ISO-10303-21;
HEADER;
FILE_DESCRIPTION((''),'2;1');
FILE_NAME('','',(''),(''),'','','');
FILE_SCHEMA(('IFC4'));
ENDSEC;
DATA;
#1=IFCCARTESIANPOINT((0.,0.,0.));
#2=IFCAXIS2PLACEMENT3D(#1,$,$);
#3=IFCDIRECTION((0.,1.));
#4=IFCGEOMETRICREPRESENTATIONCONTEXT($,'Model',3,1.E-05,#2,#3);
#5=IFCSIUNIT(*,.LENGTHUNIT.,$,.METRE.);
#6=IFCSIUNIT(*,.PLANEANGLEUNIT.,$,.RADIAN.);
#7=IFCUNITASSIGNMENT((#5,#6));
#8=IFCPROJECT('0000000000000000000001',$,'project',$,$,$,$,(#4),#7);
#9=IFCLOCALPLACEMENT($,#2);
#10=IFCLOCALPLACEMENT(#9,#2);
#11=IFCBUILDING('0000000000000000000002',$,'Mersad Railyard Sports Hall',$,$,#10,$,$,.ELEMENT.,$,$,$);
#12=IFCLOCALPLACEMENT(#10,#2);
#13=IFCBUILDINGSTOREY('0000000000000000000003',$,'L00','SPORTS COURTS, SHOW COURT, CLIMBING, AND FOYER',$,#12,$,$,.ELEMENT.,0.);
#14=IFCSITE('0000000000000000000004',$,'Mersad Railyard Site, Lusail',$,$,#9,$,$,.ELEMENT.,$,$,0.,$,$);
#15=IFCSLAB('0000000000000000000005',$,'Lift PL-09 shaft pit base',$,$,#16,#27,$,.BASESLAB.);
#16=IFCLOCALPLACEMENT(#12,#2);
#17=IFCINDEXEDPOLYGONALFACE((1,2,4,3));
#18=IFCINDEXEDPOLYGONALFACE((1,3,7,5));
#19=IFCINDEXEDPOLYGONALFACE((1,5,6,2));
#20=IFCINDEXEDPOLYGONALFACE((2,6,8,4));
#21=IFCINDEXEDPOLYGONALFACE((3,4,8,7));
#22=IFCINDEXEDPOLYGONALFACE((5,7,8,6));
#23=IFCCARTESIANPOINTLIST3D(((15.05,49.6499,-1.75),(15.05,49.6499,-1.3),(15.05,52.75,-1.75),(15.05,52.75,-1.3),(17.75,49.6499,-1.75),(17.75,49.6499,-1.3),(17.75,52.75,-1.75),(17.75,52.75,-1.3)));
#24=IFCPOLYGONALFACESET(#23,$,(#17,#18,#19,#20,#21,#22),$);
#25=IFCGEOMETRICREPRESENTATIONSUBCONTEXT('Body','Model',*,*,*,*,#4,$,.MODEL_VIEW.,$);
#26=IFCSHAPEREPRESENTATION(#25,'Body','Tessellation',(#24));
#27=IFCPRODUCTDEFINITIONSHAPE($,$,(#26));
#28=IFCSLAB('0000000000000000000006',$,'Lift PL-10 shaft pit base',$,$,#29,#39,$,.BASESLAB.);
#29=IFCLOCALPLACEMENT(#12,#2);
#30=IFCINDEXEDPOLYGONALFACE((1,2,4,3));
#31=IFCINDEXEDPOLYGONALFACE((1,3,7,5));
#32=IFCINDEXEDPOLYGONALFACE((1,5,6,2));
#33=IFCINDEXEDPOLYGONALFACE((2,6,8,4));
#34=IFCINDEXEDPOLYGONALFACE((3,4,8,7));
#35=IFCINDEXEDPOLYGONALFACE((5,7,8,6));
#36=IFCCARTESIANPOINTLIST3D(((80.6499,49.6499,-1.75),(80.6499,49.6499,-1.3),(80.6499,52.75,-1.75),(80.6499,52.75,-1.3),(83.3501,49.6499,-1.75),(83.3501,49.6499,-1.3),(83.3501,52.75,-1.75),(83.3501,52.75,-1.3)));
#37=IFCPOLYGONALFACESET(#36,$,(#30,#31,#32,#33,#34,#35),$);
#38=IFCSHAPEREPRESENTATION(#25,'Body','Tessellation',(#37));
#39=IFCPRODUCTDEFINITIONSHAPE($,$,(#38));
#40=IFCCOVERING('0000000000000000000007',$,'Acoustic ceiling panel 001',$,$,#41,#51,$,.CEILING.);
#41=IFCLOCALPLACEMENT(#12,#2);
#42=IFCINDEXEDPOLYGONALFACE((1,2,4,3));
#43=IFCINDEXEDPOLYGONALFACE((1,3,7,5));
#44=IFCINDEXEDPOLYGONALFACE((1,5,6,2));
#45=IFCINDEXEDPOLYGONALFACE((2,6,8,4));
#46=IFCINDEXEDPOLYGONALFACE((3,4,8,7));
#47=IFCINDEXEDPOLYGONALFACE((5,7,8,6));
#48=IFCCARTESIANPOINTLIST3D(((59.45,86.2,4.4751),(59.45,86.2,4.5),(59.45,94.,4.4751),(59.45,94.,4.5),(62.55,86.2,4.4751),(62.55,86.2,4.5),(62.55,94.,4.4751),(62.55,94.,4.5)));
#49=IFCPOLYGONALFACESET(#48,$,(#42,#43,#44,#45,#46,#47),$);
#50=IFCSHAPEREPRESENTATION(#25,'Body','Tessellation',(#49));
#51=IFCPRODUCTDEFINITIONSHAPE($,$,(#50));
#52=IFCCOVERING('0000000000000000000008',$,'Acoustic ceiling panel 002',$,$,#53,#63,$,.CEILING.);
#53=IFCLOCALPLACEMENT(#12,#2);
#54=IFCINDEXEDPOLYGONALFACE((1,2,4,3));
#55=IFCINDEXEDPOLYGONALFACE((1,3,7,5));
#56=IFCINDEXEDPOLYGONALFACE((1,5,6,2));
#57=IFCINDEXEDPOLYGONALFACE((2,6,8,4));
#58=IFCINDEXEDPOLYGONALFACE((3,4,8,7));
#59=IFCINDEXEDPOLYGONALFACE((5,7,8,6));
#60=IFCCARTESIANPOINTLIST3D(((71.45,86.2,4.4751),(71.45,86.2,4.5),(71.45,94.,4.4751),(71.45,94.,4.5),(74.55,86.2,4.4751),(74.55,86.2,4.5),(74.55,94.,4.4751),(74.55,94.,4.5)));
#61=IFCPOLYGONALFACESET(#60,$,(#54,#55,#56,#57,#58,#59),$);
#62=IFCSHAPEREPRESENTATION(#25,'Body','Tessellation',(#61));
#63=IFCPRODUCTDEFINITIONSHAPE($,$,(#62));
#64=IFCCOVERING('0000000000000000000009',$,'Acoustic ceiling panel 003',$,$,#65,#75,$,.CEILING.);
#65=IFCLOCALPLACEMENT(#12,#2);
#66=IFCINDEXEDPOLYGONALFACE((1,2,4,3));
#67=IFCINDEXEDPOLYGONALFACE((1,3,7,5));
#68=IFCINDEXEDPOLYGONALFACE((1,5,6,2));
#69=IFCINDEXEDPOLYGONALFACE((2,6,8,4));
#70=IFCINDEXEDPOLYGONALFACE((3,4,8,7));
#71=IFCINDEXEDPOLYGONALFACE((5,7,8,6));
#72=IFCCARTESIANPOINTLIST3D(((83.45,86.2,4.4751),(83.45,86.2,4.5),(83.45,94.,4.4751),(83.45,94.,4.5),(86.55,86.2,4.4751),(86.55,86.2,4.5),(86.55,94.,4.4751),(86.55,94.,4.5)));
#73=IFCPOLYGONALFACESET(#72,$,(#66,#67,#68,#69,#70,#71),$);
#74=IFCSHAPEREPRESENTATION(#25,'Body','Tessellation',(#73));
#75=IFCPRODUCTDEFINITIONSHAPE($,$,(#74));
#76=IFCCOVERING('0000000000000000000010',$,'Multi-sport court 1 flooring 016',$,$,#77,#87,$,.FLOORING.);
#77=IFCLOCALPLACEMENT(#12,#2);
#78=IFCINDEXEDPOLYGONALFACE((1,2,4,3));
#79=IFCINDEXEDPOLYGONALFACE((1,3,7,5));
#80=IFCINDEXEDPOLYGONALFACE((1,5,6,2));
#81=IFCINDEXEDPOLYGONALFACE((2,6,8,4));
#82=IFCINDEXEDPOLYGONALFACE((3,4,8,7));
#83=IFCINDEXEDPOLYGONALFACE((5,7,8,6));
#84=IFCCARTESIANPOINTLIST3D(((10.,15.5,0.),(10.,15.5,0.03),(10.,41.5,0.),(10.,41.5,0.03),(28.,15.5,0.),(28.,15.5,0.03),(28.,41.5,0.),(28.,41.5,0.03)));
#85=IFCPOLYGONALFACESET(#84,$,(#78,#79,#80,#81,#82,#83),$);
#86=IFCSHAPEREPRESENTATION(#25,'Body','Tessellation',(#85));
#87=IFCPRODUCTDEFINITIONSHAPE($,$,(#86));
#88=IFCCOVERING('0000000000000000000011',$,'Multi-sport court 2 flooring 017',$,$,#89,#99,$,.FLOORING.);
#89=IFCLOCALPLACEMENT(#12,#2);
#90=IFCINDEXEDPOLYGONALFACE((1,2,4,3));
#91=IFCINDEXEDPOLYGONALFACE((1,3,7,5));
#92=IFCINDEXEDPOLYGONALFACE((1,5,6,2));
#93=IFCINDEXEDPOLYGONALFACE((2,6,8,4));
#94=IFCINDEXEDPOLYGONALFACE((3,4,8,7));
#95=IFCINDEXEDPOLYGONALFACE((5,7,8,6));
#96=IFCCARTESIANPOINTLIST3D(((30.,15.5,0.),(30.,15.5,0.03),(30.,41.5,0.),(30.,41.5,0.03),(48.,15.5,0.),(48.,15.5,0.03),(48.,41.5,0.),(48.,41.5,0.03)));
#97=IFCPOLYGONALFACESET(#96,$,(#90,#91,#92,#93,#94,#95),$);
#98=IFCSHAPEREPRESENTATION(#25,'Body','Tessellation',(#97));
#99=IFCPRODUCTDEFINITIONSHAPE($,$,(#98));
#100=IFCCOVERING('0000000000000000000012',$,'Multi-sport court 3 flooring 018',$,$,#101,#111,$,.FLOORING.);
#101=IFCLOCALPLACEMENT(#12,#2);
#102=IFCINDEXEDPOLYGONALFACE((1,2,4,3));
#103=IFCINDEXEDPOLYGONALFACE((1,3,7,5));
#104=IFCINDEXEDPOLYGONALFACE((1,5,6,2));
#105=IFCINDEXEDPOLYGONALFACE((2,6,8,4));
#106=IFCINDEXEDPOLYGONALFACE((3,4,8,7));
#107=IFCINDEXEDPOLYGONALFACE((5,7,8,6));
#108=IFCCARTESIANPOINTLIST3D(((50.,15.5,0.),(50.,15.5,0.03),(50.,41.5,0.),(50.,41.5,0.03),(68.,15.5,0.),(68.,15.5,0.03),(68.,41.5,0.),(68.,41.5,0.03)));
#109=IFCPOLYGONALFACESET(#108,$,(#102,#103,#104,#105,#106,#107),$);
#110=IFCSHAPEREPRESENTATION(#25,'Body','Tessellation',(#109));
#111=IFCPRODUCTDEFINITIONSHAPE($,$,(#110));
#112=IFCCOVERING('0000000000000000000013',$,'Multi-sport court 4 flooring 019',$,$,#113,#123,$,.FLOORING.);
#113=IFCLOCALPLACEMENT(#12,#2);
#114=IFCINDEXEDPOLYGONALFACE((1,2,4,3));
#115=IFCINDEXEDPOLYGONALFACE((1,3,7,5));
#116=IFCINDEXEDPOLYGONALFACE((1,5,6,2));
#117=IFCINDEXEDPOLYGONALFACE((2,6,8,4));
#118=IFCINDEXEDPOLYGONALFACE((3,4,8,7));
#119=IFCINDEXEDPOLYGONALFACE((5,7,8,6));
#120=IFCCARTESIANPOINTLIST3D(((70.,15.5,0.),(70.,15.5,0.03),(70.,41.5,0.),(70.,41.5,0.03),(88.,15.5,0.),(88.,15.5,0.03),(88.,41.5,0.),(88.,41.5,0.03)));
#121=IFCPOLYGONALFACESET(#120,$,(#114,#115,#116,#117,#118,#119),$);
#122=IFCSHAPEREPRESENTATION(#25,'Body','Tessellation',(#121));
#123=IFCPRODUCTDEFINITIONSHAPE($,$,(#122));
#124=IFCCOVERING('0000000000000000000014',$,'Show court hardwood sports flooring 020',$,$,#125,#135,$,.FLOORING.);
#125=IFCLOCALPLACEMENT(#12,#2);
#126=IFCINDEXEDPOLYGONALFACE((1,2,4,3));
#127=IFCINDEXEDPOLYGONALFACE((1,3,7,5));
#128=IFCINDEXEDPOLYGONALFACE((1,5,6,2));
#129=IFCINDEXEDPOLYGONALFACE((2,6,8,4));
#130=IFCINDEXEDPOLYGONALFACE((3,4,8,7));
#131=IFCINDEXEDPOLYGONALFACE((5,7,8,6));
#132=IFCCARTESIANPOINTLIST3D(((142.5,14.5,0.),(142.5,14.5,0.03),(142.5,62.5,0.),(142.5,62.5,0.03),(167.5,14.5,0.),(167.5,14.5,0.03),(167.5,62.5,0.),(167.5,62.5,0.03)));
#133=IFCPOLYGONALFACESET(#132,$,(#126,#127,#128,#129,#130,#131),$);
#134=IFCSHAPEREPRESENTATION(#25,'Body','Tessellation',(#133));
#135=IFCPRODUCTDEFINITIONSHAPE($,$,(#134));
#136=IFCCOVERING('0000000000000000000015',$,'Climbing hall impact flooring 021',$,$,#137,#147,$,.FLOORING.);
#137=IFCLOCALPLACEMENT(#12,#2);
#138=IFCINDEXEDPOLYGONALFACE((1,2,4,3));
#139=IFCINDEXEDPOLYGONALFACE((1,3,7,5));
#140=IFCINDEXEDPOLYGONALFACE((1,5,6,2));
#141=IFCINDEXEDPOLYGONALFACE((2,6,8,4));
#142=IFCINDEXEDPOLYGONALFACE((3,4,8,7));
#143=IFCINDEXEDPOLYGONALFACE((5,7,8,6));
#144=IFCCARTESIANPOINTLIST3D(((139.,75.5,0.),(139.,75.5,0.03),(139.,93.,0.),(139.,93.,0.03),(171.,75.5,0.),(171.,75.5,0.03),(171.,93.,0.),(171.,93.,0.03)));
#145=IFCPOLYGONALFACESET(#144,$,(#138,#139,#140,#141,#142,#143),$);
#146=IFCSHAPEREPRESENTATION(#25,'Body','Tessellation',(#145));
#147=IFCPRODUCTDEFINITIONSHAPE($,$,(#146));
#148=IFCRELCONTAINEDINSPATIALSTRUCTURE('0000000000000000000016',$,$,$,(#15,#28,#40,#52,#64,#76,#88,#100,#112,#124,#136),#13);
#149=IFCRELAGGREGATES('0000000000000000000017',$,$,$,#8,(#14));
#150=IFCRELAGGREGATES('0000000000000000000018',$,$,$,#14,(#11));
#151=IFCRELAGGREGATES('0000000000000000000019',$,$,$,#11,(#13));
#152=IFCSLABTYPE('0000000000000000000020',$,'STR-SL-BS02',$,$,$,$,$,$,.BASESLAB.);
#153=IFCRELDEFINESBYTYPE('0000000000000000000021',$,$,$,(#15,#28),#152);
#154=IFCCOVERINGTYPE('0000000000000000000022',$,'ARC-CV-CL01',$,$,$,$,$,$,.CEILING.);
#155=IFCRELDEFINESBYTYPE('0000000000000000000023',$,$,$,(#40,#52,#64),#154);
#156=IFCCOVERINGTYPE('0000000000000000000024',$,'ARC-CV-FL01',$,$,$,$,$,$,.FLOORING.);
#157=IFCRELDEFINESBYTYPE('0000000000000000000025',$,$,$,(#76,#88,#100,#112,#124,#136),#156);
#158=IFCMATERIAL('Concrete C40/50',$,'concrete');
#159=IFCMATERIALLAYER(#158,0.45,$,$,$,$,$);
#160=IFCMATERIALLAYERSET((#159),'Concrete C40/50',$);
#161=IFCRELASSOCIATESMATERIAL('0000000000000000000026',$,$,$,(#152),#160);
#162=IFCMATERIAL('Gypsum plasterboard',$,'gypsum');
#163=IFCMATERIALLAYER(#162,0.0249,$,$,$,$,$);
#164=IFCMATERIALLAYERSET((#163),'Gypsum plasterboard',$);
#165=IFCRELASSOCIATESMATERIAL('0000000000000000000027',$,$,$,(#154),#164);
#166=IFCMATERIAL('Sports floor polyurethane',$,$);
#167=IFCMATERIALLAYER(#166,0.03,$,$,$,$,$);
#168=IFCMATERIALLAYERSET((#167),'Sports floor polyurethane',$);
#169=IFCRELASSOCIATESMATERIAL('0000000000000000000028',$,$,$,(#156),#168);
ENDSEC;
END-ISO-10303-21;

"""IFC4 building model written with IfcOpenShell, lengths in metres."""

from ifc_helpers import new_model, si_unit, direction, frame, origin, place, context, subcontext, project, spatial, polyline, outline, extrude, material, layer, layer_set, type_object, element, save


model = new_model("IFC4")

# Units and contexts
model_context = context("Model", 3, precision=1e-05, world=origin(), true_north=direction((0.0, 1.0)))
body_context = subcontext(model_context, "Body", "Model", "MODEL_VIEW")
ifc_project = project(units=[si_unit("LENGTHUNIT", "METRE"), si_unit("PLANEANGLEUNIT", "RADIAN")], contexts=[model_context])

# Site, building, storey
site_placement = place(None, origin())
site = spatial("IfcSite", under=ifc_project, at=site_placement, Name="Mersad Railyard Site, Lusail", CompositionType="ELEMENT", RefElevation=0.0)
building_placement = place(site_placement, origin())
building = spatial("IfcBuilding", under=site, at=building_placement, Name="Mersad Railyard Sports Hall", CompositionType="ELEMENT")
storey_placement = place(building_placement, origin())
storey = spatial("IfcBuildingStorey", under=building, at=storey_placement, Name="L00", Description="SPORTS COURTS, SHOW COURT, CLIMBING, AND FOYER", CompositionType="ELEMENT", Elevation=0.0)

# Slabs
ifc_material_1 = material(Name="Concrete C40/50", Category="concrete")
ifc_layer_1 = layer(ifc_material_1, 0.45)
ifc_layer_set_1 = layer_set([ifc_layer_1], Name="Concrete C40/50")
slab_type = type_object("IfcSlabType", Name="STR-SL-BS02", PredefinedType="BASESLAB", material=ifc_layer_set_1)
slab_1_placement = place(storey_placement, frame((0.0, 0.0, -1.75)))
element("IfcSlab", 1, at=slab_1_placement, inside=storey, type_object=slab_type, Name="Lift PL-09 shaft pit base", PredefinedType="BASESLAB", context=body_context, shape_type="SweptSolid", body=[
    extrude(outline(polyline([(15.05, 49.6499), (17.75, 49.6499), (17.75, 52.75), (15.05, 52.75), (15.05, 49.6499)])), origin(), (0.0, 0.0, 1.0), 0.45),
])
slab_2_placement = place(storey_placement, frame((0.0, 0.0, -1.75)))
element("IfcSlab", 2, at=slab_2_placement, inside=storey, type_object=slab_type, Name="Lift PL-10 shaft pit base", PredefinedType="BASESLAB", context=body_context, shape_type="SweptSolid", body=[
    extrude(outline(polyline([(80.6499, 49.6499), (83.3501, 49.6499), (83.3501, 52.75), (80.6499, 52.75), (80.6499, 49.6499)])), origin(), (0.0, 0.0, 1.0), 0.45),
])

# Coverings
ifc_material_2 = material(Name="Gypsum plasterboard", Category="gypsum")
ifc_layer_2 = layer(ifc_material_2, 0.0249)
ifc_layer_set_2 = layer_set([ifc_layer_2], Name="Gypsum plasterboard")
covering_type_1 = type_object("IfcCoveringType", Name="ARC-CV-CL01", PredefinedType="CEILING", material=ifc_layer_set_2)
covering_1_placement = place(storey_placement, frame((0.0, 0.0, 4.4751)))
element("IfcCovering", 3, at=covering_1_placement, inside=storey, type_object=covering_type_1, Name="Acoustic ceiling panel 001", PredefinedType="CEILING", context=body_context, shape_type="SweptSolid", body=[
    extrude(outline(polyline([(59.45, 86.2), (62.55, 86.2), (62.55, 94.0), (59.45, 94.0), (59.45, 86.2)])), origin(), (0.0, 0.0, 1.0), 0.0249),
])
covering_2_placement = place(storey_placement, frame((0.0, 0.0, 4.4751)))
element("IfcCovering", 4, at=covering_2_placement, inside=storey, type_object=covering_type_1, Name="Acoustic ceiling panel 002", PredefinedType="CEILING", context=body_context, shape_type="SweptSolid", body=[
    extrude(outline(polyline([(71.45, 86.2), (74.55, 86.2), (74.55, 94.0), (71.45, 94.0), (71.45, 86.2)])), origin(), (0.0, 0.0, 1.0), 0.0249),
])
covering_3_placement = place(storey_placement, frame((0.0, 0.0, 4.4751)))
element("IfcCovering", 5, at=covering_3_placement, inside=storey, type_object=covering_type_1, Name="Acoustic ceiling panel 003", PredefinedType="CEILING", context=body_context, shape_type="SweptSolid", body=[
    extrude(outline(polyline([(83.45, 86.2), (86.55, 86.2), (86.55, 94.0), (83.45, 94.0), (83.45, 86.2)])), origin(), (0.0, 0.0, 1.0), 0.0249),
])
ifc_material_3 = material(Name="Sports floor polyurethane")
ifc_layer_3 = layer(ifc_material_3, 0.03)
ifc_layer_set_3 = layer_set([ifc_layer_3], Name="Sports floor polyurethane")
covering_type_2 = type_object("IfcCoveringType", Name="ARC-CV-FL01", PredefinedType="FLOORING", material=ifc_layer_set_3)
covering_4_placement = place(storey_placement, origin())
element("IfcCovering", 6, at=covering_4_placement, inside=storey, type_object=covering_type_2, Name="Multi-sport court 1 flooring 016", PredefinedType="FLOORING", context=body_context, shape_type="SweptSolid", body=[
    extrude(outline(polyline([(10.0, 15.5), (28.0, 15.5), (28.0, 41.5), (10.0, 41.5), (10.0, 15.5)])), origin(), (0.0, 0.0, 1.0), 0.03),
])
covering_5_placement = place(storey_placement, origin())
element("IfcCovering", 7, at=covering_5_placement, inside=storey, type_object=covering_type_2, Name="Multi-sport court 2 flooring 017", PredefinedType="FLOORING", context=body_context, shape_type="SweptSolid", body=[
    extrude(outline(polyline([(30.0, 15.5), (48.0, 15.5), (48.0, 41.5), (30.0, 41.5), (30.0, 15.5)])), origin(), (0.0, 0.0, 1.0), 0.03),
])
covering_6_placement = place(storey_placement, origin())
element("IfcCovering", 8, at=covering_6_placement, inside=storey, type_object=covering_type_2, Name="Multi-sport court 3 flooring 018", PredefinedType="FLOORING", context=body_context, shape_type="SweptSolid", body=[
    extrude(outline(polyline([(50.0, 15.5), (68.0, 15.5), (68.0, 41.5), (50.0, 41.5), (50.0, 15.5)])), origin(), (0.0, 0.0, 1.0), 0.03),
])
covering_7_placement = place(storey_placement, origin())
element("IfcCovering", 9, at=covering_7_placement, inside=storey, type_object=covering_type_2, Name="Multi-sport court 4 flooring 019", PredefinedType="FLOORING", context=body_context, shape_type="SweptSolid", body=[
    extrude(outline(polyline([(70.0, 15.5), (88.0, 15.5), (88.0, 41.5), (70.0, 41.5), (70.0, 15.5)])), origin(), (0.0, 0.0, 1.0), 0.03),
])
covering_8_placement = place(storey_placement, origin())
element("IfcCovering", 10, at=covering_8_placement, inside=storey, type_object=covering_type_2, Name="Show court hardwood sports flooring 020", PredefinedType="FLOORING", context=body_context, shape_type="SweptSolid", body=[
    extrude(outline(polyline([(142.5, 14.5), (167.5, 14.5), (167.5, 62.5), (142.5, 62.5), (142.5, 14.5)])), origin(), (0.0, 0.0, 1.0), 0.03),
])
covering_9_placement = place(storey_placement, origin())
element("IfcCovering", 11, at=covering_9_placement, inside=storey, type_object=covering_type_2, Name="Climbing hall impact flooring 021", PredefinedType="FLOORING", context=body_context, shape_type="SweptSolid", body=[
    extrude(outline(polyline([(139.0, 75.5), (171.0, 75.5), (171.0, 93.0), (139.0, 93.0), (139.0, 75.5)])), origin(), (0.0, 0.0, 1.0), 0.03),
])

save(model, "model.ifc")
